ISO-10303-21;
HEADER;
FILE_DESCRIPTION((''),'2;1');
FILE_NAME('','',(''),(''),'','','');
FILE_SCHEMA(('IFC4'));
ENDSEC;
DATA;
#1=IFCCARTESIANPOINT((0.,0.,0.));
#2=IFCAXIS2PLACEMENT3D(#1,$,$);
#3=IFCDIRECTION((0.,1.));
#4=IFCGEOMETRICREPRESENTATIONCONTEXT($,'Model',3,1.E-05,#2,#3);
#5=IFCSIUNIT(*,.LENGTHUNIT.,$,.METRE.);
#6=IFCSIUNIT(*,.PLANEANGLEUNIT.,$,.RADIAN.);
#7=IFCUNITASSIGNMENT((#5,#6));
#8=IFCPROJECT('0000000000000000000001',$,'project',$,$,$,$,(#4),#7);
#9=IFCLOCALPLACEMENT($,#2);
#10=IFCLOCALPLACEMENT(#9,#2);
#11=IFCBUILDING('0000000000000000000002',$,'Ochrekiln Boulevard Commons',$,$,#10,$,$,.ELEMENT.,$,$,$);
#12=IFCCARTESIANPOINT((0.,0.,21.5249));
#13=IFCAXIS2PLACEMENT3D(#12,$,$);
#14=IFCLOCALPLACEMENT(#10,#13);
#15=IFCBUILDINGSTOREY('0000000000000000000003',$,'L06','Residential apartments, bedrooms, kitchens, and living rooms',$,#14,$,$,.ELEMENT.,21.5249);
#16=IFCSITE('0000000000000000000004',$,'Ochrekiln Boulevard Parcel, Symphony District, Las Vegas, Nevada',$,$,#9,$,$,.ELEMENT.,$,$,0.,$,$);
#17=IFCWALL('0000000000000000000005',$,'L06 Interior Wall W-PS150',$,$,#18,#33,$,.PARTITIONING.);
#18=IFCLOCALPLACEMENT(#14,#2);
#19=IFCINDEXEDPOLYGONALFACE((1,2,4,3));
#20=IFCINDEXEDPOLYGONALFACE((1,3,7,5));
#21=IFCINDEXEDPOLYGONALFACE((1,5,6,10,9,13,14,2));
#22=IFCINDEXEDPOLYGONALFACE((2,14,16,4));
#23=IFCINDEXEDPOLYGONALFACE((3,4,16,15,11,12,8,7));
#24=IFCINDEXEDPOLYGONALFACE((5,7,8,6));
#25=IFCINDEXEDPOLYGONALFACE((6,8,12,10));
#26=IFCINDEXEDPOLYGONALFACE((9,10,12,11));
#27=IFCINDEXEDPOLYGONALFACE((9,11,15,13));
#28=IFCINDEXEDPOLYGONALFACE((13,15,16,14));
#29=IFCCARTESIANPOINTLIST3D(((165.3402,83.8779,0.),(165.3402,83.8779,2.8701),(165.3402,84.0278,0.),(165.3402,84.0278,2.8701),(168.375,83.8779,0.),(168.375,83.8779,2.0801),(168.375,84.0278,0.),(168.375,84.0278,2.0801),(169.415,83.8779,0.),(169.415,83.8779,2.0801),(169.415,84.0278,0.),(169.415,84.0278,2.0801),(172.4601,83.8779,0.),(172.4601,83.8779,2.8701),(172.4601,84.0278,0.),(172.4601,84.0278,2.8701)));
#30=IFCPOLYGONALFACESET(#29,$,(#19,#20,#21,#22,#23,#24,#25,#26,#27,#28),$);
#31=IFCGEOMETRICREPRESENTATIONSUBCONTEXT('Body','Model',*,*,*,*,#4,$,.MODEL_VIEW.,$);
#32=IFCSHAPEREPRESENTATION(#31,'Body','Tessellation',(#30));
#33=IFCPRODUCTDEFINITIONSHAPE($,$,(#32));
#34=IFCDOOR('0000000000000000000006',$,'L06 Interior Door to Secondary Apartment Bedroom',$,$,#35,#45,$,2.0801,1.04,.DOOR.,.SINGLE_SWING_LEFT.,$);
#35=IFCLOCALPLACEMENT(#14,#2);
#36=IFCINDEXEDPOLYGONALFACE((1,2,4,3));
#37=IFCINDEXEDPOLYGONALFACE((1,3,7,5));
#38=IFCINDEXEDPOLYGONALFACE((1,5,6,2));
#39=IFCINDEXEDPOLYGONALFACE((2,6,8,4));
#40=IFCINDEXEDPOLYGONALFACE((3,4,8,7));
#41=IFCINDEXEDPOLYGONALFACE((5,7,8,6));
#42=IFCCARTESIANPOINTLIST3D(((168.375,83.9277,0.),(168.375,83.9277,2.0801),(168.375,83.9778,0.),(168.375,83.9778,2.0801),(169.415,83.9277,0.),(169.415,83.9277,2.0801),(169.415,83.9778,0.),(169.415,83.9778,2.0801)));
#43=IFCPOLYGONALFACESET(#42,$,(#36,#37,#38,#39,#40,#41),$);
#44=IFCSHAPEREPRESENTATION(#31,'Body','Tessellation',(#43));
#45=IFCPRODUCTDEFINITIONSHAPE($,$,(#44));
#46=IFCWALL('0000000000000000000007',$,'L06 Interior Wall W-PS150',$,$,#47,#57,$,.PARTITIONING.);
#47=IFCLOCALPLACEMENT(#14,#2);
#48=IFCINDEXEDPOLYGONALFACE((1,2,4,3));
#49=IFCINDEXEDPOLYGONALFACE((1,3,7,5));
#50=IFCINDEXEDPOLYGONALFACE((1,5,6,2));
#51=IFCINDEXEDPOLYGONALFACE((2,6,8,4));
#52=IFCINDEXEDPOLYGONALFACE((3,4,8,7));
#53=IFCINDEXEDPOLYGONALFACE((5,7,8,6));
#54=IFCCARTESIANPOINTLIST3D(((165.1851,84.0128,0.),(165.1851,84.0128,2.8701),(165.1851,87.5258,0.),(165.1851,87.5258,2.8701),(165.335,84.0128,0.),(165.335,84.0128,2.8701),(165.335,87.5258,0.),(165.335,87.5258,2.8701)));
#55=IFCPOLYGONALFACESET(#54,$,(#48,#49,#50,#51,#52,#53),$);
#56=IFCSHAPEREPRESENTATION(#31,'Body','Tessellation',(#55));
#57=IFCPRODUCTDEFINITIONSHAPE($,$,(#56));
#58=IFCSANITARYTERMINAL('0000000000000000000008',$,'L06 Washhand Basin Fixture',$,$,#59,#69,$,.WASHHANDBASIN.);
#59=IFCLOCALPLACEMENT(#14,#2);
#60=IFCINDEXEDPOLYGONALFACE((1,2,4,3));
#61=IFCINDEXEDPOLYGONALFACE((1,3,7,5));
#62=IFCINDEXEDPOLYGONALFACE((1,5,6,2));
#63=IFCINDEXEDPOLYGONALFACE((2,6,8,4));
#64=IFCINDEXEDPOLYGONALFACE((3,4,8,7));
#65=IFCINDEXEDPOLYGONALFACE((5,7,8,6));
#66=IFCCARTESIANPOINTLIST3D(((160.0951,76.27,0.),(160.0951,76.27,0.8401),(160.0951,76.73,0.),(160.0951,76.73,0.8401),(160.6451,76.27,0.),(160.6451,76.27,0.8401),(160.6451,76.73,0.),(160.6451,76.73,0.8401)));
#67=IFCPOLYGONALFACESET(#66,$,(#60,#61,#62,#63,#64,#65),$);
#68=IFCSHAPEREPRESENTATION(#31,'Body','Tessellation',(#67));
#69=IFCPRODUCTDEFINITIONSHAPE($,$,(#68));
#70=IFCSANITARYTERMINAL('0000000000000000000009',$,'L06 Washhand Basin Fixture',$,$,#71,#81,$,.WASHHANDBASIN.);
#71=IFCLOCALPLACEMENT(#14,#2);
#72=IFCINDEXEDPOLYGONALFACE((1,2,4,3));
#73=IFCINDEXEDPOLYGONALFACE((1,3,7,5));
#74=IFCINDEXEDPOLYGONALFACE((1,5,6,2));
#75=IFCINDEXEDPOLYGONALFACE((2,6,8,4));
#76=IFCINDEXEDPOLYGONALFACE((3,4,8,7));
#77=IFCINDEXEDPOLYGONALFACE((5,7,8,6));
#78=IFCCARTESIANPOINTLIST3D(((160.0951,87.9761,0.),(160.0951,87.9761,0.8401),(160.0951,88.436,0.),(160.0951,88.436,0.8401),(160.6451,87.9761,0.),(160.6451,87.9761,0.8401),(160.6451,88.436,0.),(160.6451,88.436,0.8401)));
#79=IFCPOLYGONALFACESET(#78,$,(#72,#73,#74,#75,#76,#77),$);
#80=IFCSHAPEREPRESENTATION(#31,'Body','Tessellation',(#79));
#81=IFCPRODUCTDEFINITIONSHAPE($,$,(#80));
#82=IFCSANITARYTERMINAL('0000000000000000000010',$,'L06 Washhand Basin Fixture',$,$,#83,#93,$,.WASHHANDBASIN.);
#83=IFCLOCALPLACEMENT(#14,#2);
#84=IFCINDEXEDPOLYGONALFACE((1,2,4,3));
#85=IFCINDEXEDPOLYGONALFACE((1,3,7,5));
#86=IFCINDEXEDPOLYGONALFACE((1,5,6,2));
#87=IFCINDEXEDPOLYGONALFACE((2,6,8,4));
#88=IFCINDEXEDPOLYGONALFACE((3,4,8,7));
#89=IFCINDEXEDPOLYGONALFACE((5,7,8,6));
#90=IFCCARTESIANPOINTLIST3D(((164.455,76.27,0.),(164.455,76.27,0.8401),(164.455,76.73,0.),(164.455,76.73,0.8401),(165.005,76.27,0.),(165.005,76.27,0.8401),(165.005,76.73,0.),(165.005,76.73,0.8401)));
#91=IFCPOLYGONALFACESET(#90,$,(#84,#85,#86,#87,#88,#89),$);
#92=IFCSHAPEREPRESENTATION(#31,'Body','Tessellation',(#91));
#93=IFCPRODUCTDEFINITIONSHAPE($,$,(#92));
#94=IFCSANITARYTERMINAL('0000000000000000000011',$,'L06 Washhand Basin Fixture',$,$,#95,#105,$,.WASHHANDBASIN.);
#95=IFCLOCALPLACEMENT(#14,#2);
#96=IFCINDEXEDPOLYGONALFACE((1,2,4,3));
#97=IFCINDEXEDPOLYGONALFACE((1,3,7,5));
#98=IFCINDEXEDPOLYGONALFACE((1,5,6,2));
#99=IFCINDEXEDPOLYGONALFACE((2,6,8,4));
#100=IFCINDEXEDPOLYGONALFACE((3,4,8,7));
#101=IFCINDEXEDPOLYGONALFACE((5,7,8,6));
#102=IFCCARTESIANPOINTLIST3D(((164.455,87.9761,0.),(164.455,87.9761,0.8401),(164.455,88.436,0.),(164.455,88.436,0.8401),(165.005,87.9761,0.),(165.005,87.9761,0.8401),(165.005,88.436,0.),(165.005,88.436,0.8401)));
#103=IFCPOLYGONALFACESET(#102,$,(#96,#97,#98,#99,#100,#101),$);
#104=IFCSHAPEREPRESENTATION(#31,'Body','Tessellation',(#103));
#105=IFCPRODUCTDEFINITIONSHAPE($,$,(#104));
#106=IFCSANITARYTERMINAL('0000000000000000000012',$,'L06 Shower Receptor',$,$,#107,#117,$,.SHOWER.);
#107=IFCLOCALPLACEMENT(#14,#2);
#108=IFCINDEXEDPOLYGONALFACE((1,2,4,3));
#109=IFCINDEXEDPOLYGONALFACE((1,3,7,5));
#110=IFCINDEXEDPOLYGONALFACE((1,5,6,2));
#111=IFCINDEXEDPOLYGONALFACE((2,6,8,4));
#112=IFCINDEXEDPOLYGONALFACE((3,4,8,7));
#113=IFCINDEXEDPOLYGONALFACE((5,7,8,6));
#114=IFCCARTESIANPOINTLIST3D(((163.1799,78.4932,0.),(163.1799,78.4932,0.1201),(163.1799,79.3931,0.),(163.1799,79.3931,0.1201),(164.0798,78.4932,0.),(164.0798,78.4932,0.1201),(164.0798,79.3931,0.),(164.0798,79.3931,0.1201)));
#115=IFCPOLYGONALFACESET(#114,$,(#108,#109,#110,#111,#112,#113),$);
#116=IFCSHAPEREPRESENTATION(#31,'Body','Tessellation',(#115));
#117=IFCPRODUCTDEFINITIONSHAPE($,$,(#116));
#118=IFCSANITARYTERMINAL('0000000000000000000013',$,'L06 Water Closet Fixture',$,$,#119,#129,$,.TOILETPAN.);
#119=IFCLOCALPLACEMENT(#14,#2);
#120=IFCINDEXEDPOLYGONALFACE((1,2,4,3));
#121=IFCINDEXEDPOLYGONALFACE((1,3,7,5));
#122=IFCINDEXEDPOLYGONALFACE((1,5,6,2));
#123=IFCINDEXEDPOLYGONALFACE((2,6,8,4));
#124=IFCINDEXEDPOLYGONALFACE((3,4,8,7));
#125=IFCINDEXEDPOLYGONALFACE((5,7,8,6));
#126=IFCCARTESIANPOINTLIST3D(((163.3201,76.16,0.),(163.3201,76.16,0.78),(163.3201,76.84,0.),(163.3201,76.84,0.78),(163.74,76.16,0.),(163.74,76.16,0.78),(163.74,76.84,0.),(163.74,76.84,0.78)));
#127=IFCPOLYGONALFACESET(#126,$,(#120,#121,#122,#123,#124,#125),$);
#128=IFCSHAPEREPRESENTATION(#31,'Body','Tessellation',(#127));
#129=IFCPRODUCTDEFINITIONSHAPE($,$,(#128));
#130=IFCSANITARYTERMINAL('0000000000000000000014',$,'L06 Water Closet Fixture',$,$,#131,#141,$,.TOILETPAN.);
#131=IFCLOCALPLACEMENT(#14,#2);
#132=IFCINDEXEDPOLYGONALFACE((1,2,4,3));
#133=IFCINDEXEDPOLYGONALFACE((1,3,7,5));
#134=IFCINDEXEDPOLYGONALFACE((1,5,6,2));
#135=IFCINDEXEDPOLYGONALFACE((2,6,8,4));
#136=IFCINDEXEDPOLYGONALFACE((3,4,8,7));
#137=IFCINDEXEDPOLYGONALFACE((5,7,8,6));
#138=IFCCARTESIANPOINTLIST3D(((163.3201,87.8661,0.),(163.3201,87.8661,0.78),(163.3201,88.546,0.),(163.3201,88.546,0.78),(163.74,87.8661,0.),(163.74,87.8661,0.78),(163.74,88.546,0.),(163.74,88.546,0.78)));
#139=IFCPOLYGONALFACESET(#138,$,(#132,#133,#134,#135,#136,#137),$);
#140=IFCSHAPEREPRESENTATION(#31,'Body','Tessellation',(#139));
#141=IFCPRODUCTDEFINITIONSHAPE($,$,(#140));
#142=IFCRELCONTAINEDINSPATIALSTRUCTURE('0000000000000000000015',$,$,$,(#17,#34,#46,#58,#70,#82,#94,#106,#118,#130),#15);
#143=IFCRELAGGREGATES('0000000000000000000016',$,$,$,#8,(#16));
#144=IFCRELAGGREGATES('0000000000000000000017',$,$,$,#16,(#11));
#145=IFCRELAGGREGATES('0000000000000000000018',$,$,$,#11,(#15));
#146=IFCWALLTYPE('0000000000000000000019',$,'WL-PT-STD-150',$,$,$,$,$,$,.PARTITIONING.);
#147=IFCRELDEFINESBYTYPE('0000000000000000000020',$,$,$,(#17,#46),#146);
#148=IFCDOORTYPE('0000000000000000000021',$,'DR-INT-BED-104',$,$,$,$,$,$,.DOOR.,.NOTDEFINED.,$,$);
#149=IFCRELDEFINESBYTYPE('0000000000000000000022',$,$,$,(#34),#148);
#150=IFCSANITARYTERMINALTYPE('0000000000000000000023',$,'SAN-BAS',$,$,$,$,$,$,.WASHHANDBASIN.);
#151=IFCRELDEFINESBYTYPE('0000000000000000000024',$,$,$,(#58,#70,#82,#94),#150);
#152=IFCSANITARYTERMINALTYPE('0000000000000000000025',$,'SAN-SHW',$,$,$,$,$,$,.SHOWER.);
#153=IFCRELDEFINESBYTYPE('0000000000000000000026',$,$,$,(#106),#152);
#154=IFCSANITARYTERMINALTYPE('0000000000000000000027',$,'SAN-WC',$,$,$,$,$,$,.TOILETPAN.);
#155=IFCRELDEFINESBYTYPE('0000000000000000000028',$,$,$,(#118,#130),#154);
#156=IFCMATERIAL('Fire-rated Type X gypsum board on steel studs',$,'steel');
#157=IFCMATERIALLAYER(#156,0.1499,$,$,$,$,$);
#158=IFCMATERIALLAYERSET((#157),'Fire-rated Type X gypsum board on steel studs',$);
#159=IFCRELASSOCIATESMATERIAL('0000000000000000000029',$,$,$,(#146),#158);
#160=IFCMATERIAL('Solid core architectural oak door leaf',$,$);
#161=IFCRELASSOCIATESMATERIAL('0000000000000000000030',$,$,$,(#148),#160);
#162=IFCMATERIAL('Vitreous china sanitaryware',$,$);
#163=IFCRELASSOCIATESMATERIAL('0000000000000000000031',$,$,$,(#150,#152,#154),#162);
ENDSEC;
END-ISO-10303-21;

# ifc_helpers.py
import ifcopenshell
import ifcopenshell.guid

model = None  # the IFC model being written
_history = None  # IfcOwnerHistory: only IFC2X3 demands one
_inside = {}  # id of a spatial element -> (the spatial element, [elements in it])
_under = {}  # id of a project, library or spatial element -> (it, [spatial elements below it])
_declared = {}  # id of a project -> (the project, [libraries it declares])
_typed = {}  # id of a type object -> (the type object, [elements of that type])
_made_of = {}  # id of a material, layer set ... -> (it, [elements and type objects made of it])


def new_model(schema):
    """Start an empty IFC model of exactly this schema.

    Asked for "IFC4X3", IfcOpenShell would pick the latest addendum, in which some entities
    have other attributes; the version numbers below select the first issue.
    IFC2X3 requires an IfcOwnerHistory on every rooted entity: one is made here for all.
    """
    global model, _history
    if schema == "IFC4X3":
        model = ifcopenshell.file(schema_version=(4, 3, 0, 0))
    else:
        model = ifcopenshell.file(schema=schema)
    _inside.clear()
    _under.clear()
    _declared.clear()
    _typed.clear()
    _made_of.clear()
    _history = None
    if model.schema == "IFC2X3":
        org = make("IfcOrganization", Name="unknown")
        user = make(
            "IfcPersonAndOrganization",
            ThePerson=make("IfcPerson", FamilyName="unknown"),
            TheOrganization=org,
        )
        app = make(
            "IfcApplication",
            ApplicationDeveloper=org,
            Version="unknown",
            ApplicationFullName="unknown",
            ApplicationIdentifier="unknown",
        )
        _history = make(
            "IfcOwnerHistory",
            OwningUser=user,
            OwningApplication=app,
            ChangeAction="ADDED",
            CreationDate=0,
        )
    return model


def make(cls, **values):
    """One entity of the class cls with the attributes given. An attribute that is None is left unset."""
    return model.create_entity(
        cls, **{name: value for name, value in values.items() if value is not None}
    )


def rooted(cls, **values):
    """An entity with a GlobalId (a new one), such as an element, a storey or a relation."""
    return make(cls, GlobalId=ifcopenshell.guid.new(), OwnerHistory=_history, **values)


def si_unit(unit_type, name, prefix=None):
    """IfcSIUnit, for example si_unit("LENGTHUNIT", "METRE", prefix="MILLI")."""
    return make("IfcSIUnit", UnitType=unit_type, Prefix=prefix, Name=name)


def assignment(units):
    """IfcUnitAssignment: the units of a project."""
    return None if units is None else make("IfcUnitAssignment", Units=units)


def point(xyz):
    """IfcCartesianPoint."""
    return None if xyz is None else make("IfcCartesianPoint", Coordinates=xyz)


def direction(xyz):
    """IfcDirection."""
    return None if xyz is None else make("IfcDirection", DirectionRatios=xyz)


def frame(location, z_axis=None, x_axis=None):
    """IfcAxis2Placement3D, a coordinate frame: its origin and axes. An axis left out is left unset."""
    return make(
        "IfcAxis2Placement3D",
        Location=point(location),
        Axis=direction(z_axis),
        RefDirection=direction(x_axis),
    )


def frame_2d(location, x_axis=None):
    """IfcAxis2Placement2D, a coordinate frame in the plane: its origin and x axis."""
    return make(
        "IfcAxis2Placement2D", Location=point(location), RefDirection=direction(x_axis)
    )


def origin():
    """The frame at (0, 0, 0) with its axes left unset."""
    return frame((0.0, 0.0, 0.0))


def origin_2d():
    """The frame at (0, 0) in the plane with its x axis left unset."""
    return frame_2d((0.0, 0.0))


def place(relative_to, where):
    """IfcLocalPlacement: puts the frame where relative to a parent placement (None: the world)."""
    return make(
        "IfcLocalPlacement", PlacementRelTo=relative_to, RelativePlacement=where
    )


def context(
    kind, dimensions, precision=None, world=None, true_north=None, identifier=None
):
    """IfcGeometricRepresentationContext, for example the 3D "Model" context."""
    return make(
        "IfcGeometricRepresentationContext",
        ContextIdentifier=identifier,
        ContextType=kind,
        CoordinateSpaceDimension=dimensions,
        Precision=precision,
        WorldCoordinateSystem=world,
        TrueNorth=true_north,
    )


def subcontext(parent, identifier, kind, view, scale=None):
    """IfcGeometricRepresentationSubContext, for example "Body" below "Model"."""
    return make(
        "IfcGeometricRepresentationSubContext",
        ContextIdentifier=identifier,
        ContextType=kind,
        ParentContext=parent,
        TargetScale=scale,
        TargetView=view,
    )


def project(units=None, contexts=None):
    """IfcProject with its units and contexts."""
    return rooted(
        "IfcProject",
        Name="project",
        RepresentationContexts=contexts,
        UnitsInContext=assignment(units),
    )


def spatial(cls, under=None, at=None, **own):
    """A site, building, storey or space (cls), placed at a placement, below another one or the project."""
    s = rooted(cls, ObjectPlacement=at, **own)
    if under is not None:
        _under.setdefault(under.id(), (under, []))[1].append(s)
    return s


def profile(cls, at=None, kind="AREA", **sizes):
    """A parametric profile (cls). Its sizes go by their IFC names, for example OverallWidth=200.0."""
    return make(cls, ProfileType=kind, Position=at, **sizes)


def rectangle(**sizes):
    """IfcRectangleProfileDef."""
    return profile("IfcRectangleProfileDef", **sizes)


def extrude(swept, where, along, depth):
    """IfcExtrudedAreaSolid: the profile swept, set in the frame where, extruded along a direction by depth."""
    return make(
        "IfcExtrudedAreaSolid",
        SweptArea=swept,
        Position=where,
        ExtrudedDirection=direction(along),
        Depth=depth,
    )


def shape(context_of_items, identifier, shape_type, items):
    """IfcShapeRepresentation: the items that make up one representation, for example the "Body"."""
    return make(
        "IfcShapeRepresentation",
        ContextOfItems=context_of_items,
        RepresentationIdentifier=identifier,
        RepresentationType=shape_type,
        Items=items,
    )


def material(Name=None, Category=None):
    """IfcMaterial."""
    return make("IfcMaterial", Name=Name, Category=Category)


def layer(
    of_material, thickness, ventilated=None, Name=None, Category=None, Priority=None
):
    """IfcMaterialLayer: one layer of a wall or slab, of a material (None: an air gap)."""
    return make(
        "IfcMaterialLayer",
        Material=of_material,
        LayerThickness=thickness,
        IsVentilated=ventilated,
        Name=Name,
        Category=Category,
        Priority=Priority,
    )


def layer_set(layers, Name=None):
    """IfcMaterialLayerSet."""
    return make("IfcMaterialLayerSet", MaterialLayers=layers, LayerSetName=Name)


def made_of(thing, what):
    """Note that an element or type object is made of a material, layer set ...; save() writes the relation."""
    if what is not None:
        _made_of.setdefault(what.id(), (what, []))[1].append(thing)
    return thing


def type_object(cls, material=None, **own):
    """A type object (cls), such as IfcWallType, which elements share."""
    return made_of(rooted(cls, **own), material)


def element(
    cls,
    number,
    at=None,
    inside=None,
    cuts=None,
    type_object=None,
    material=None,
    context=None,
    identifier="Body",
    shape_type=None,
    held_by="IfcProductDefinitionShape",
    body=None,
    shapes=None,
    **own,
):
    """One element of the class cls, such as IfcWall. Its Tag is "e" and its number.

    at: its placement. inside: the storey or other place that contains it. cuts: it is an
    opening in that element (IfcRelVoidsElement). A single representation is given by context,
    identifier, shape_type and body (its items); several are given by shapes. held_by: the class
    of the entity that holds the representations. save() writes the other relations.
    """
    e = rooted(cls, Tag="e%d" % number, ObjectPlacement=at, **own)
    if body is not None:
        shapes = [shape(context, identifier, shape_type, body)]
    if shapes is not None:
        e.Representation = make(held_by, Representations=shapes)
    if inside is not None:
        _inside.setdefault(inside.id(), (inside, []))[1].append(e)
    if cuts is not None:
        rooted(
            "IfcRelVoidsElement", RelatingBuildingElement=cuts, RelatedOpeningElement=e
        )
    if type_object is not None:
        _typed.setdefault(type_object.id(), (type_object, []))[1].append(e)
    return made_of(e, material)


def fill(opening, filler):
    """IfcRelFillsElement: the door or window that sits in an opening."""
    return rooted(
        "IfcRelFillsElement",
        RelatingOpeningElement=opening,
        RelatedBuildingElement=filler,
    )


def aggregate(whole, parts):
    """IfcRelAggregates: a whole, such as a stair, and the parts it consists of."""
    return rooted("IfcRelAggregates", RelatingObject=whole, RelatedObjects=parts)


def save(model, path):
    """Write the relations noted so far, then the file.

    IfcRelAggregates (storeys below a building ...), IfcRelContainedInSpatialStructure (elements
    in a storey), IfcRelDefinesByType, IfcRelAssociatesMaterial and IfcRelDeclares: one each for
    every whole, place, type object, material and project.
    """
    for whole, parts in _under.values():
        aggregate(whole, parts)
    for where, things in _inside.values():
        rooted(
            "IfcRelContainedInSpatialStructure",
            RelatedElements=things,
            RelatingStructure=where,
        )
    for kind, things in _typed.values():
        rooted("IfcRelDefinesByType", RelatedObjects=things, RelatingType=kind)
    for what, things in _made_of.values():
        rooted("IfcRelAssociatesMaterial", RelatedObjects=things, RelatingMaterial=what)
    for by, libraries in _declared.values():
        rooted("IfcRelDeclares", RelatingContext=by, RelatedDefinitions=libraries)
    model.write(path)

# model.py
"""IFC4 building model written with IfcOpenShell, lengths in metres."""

from ifc_helpers import new_model, si_unit, direction, frame, frame_2d, origin, origin_2d, place, context, subcontext, project, spatial, rectangle, extrude, material, layer, layer_set, type_object, element, fill, save


model = new_model("IFC4")

# Units and contexts
model_context = context("Model", 3, precision=1e-05, world=origin(), true_north=direction((0.0, 1.0)))
body_context = subcontext(model_context, "Body", "Model", "MODEL_VIEW")
ifc_project = project(units=[si_unit("LENGTHUNIT", "METRE"), si_unit("PLANEANGLEUNIT", "RADIAN")], contexts=[model_context])

# Site, building, storey
site_placement = place(None, origin())
site = spatial("IfcSite", under=ifc_project, at=site_placement, Name="Ochrekiln Boulevard Parcel, Symphony District, Las Vegas, Nevada", CompositionType="ELEMENT", RefElevation=0.0)
building_placement = place(site_placement, origin())
building = spatial("IfcBuilding", under=site, at=building_placement, Name="Ochrekiln Boulevard Commons", CompositionType="ELEMENT")
storey_placement = place(building_placement, frame((0.0, 0.0, 21.5249)))
storey = spatial("IfcBuildingStorey", under=building, at=storey_placement, Name="L06", Description="Residential apartments, bedrooms, kitchens, and living rooms", CompositionType="ELEMENT", Elevation=21.5249)

# Shared definitions
ifc_material_1 = material(Name="Solid core architectural oak door leaf")

# Shared definitions
ifc_material_2 = material(Name="Fire-rated Type X gypsum board on steel studs", Category="steel")

# Wall, opening, door
ifc_layer_1 = layer(ifc_material_2, 0.1499)
ifc_layer_set_1 = layer_set([ifc_layer_1], Name="Fire-rated Type X gypsum board on steel studs")
wall_type_1 = type_object("IfcWallType", Name="WL-PT-STD-150", PredefinedType="PARTITIONING", material=ifc_layer_set_1)
wall_1_placement = place(storey_placement, frame((165.3401, 83.9529, 0.0), z_axis=(0.0, 0.0, 1.0), x_axis=(1.0, 0.0, 0.0)))
wall_1 = element("IfcWall", 1, at=wall_1_placement, inside=storey, type_object=wall_type_1, Name="L06 Interior Wall W-PS150", PredefinedType="PARTITIONING", context=body_context, shape_type="SweptSolid", body=[
    extrude(rectangle(XDim=7.1199, YDim=0.1499, at=frame_2d((3.5601, 0.0))), origin(), (0.0, 0.0, 1.0), 2.8701),
])
opening_1_placement = place(wall_1_placement, frame((3.0349, 0.0, 0.0)))
opening_1 = element("IfcOpeningElement", 2, at=opening_1_placement, cuts=wall_1, PredefinedType="OPENING", context=body_context, shape_type="SweptSolid", body=[
    extrude(rectangle(XDim=1.04, YDim=2.0801, at=frame_2d((0.52, 1.04))), frame((0.0, 0.085, 0.0), z_axis=(0.0, -1.0, 0.0), x_axis=(1.0, 0.0, 0.0)), (0.0, 0.0, 1.0), 0.1699),
])
door_type_1 = type_object("IfcDoorType", Name="DR-INT-BED-104", OperationType="NOTDEFINED", PredefinedType="DOOR", material=ifc_material_1)
door_1_placement = place(opening_1_placement, origin())
door_1 = element("IfcDoor", 3, at=door_1_placement, inside=storey, type_object=door_type_1, Name="L06 Interior Door to Secondary Apartment Bedroom", OperationType="SINGLE_SWING_LEFT", OverallHeight=2.0801, OverallWidth=1.04, PredefinedType="DOOR", context=body_context, shape_type="SweptSolid", body=[
    extrude(rectangle(XDim=1.04, YDim=2.0801, at=frame_2d((0.52, 1.04))), frame((0.0, 0.0249, 0.0), z_axis=(0.0, -1.0, 0.0), x_axis=(1.0, 0.0, 0.0)), (0.0, 0.0, 1.0), 0.05),
])
fill(opening_1, door_1)

# Wall
wall_2_placement = place(storey_placement, frame((165.26, 84.0129, 0.0), z_axis=(0.0, 0.0, 1.0), x_axis=(0.0, 1.0, 0.0)))
element("IfcWall", 4, at=wall_2_placement, inside=storey, type_object=wall_type_1, Name="L06 Interior Wall W-PS150", PredefinedType="PARTITIONING", context=body_context, shape_type="SweptSolid", body=[
    extrude(rectangle(XDim=3.5129, YDim=0.1499, at=frame_2d((1.7563, 0.0))), origin(), (0.0, 0.0, 1.0), 2.8701),
])

# Sanitary terminals
ifc_material_3 = material(Name="Vitreous china sanitaryware")
sanitary_terminal_type_1 = type_object("IfcSanitaryTerminalType", Name="SAN-BAS", PredefinedType="WASHHANDBASIN", material=ifc_material_3)
for number, where, z_axis, x_axis, name in (
    (5, (160.3701, 76.5, 0.0), (0.0, 0.0, 1.0), (1.0, 0.0, 0.0), "L06 Washhand Basin Fixture"),
    (6, (160.3701, 88.2061, 0.0), (0.0, 0.0, 1.0), (1.0, 0.0, 0.0), "L06 Washhand Basin Fixture"),
    (7, (164.73, 76.5, 0.0), (0.0, 0.0, 1.0), (1.0, 0.0, 0.0), "L06 Washhand Basin Fixture"),
    (8, (164.73, 88.2061, 0.0), (0.0, 0.0, 1.0), (1.0, 0.0, 0.0), "L06 Washhand Basin Fixture"),
):
    element("IfcSanitaryTerminal", number, at=place(storey_placement, frame(where, z_axis=z_axis, x_axis=x_axis)), inside=storey, type_object=sanitary_terminal_type_1, Name=name, PredefinedType="WASHHANDBASIN", context=body_context, shape_type="SweptSolid", body=[
        extrude(rectangle(XDim=0.55, YDim=0.46, at=origin_2d()), origin(), (0.0, 0.0, 1.0), 0.8401),
    ])
sanitary_terminal_type_2 = type_object("IfcSanitaryTerminalType", Name="SAN-SHW", PredefinedType="SHOWER", material=ifc_material_3)
sanitary_terminal_placement = place(storey_placement, frame((163.6299, 78.9431, 0.0), z_axis=(0.0, 0.0, 1.0), x_axis=(1.0, 0.0, 0.0)))
element("IfcSanitaryTerminal", 9, at=sanitary_terminal_placement, inside=storey, type_object=sanitary_terminal_type_2, Name="L06 Shower Receptor", PredefinedType="SHOWER", context=body_context, shape_type="SweptSolid", body=[
    extrude(rectangle(XDim=0.8999, YDim=0.8999, at=origin_2d()), origin(), (0.0, 0.0, 1.0), 0.1201),
])
sanitary_terminal_type_3 = type_object("IfcSanitaryTerminalType", Name="SAN-WC", PredefinedType="TOILETPAN", material=ifc_material_3)
for number, where, z_axis, x_axis, name in (
    (10, (163.53, 76.5, 0.0), (0.0, 0.0, 1.0), (1.0, 0.0, 0.0), "L06 Water Closet Fixture"),
    (11, (163.53, 88.2061, 0.0), (0.0, 0.0, 1.0), (1.0, 0.0, 0.0), "L06 Water Closet Fixture"),
):
    element("IfcSanitaryTerminal", number, at=place(storey_placement, frame(where, z_axis=z_axis, x_axis=x_axis)), inside=storey, type_object=sanitary_terminal_type_3, Name=name, PredefinedType="TOILETPAN", context=body_context, shape_type="SweptSolid", body=[
        extrude(rectangle(XDim=0.4199, YDim=0.6799, at=origin_2d()), origin(), (0.0, 0.0, 1.0), 0.78),
    ])

save(model, "model.ifc")
